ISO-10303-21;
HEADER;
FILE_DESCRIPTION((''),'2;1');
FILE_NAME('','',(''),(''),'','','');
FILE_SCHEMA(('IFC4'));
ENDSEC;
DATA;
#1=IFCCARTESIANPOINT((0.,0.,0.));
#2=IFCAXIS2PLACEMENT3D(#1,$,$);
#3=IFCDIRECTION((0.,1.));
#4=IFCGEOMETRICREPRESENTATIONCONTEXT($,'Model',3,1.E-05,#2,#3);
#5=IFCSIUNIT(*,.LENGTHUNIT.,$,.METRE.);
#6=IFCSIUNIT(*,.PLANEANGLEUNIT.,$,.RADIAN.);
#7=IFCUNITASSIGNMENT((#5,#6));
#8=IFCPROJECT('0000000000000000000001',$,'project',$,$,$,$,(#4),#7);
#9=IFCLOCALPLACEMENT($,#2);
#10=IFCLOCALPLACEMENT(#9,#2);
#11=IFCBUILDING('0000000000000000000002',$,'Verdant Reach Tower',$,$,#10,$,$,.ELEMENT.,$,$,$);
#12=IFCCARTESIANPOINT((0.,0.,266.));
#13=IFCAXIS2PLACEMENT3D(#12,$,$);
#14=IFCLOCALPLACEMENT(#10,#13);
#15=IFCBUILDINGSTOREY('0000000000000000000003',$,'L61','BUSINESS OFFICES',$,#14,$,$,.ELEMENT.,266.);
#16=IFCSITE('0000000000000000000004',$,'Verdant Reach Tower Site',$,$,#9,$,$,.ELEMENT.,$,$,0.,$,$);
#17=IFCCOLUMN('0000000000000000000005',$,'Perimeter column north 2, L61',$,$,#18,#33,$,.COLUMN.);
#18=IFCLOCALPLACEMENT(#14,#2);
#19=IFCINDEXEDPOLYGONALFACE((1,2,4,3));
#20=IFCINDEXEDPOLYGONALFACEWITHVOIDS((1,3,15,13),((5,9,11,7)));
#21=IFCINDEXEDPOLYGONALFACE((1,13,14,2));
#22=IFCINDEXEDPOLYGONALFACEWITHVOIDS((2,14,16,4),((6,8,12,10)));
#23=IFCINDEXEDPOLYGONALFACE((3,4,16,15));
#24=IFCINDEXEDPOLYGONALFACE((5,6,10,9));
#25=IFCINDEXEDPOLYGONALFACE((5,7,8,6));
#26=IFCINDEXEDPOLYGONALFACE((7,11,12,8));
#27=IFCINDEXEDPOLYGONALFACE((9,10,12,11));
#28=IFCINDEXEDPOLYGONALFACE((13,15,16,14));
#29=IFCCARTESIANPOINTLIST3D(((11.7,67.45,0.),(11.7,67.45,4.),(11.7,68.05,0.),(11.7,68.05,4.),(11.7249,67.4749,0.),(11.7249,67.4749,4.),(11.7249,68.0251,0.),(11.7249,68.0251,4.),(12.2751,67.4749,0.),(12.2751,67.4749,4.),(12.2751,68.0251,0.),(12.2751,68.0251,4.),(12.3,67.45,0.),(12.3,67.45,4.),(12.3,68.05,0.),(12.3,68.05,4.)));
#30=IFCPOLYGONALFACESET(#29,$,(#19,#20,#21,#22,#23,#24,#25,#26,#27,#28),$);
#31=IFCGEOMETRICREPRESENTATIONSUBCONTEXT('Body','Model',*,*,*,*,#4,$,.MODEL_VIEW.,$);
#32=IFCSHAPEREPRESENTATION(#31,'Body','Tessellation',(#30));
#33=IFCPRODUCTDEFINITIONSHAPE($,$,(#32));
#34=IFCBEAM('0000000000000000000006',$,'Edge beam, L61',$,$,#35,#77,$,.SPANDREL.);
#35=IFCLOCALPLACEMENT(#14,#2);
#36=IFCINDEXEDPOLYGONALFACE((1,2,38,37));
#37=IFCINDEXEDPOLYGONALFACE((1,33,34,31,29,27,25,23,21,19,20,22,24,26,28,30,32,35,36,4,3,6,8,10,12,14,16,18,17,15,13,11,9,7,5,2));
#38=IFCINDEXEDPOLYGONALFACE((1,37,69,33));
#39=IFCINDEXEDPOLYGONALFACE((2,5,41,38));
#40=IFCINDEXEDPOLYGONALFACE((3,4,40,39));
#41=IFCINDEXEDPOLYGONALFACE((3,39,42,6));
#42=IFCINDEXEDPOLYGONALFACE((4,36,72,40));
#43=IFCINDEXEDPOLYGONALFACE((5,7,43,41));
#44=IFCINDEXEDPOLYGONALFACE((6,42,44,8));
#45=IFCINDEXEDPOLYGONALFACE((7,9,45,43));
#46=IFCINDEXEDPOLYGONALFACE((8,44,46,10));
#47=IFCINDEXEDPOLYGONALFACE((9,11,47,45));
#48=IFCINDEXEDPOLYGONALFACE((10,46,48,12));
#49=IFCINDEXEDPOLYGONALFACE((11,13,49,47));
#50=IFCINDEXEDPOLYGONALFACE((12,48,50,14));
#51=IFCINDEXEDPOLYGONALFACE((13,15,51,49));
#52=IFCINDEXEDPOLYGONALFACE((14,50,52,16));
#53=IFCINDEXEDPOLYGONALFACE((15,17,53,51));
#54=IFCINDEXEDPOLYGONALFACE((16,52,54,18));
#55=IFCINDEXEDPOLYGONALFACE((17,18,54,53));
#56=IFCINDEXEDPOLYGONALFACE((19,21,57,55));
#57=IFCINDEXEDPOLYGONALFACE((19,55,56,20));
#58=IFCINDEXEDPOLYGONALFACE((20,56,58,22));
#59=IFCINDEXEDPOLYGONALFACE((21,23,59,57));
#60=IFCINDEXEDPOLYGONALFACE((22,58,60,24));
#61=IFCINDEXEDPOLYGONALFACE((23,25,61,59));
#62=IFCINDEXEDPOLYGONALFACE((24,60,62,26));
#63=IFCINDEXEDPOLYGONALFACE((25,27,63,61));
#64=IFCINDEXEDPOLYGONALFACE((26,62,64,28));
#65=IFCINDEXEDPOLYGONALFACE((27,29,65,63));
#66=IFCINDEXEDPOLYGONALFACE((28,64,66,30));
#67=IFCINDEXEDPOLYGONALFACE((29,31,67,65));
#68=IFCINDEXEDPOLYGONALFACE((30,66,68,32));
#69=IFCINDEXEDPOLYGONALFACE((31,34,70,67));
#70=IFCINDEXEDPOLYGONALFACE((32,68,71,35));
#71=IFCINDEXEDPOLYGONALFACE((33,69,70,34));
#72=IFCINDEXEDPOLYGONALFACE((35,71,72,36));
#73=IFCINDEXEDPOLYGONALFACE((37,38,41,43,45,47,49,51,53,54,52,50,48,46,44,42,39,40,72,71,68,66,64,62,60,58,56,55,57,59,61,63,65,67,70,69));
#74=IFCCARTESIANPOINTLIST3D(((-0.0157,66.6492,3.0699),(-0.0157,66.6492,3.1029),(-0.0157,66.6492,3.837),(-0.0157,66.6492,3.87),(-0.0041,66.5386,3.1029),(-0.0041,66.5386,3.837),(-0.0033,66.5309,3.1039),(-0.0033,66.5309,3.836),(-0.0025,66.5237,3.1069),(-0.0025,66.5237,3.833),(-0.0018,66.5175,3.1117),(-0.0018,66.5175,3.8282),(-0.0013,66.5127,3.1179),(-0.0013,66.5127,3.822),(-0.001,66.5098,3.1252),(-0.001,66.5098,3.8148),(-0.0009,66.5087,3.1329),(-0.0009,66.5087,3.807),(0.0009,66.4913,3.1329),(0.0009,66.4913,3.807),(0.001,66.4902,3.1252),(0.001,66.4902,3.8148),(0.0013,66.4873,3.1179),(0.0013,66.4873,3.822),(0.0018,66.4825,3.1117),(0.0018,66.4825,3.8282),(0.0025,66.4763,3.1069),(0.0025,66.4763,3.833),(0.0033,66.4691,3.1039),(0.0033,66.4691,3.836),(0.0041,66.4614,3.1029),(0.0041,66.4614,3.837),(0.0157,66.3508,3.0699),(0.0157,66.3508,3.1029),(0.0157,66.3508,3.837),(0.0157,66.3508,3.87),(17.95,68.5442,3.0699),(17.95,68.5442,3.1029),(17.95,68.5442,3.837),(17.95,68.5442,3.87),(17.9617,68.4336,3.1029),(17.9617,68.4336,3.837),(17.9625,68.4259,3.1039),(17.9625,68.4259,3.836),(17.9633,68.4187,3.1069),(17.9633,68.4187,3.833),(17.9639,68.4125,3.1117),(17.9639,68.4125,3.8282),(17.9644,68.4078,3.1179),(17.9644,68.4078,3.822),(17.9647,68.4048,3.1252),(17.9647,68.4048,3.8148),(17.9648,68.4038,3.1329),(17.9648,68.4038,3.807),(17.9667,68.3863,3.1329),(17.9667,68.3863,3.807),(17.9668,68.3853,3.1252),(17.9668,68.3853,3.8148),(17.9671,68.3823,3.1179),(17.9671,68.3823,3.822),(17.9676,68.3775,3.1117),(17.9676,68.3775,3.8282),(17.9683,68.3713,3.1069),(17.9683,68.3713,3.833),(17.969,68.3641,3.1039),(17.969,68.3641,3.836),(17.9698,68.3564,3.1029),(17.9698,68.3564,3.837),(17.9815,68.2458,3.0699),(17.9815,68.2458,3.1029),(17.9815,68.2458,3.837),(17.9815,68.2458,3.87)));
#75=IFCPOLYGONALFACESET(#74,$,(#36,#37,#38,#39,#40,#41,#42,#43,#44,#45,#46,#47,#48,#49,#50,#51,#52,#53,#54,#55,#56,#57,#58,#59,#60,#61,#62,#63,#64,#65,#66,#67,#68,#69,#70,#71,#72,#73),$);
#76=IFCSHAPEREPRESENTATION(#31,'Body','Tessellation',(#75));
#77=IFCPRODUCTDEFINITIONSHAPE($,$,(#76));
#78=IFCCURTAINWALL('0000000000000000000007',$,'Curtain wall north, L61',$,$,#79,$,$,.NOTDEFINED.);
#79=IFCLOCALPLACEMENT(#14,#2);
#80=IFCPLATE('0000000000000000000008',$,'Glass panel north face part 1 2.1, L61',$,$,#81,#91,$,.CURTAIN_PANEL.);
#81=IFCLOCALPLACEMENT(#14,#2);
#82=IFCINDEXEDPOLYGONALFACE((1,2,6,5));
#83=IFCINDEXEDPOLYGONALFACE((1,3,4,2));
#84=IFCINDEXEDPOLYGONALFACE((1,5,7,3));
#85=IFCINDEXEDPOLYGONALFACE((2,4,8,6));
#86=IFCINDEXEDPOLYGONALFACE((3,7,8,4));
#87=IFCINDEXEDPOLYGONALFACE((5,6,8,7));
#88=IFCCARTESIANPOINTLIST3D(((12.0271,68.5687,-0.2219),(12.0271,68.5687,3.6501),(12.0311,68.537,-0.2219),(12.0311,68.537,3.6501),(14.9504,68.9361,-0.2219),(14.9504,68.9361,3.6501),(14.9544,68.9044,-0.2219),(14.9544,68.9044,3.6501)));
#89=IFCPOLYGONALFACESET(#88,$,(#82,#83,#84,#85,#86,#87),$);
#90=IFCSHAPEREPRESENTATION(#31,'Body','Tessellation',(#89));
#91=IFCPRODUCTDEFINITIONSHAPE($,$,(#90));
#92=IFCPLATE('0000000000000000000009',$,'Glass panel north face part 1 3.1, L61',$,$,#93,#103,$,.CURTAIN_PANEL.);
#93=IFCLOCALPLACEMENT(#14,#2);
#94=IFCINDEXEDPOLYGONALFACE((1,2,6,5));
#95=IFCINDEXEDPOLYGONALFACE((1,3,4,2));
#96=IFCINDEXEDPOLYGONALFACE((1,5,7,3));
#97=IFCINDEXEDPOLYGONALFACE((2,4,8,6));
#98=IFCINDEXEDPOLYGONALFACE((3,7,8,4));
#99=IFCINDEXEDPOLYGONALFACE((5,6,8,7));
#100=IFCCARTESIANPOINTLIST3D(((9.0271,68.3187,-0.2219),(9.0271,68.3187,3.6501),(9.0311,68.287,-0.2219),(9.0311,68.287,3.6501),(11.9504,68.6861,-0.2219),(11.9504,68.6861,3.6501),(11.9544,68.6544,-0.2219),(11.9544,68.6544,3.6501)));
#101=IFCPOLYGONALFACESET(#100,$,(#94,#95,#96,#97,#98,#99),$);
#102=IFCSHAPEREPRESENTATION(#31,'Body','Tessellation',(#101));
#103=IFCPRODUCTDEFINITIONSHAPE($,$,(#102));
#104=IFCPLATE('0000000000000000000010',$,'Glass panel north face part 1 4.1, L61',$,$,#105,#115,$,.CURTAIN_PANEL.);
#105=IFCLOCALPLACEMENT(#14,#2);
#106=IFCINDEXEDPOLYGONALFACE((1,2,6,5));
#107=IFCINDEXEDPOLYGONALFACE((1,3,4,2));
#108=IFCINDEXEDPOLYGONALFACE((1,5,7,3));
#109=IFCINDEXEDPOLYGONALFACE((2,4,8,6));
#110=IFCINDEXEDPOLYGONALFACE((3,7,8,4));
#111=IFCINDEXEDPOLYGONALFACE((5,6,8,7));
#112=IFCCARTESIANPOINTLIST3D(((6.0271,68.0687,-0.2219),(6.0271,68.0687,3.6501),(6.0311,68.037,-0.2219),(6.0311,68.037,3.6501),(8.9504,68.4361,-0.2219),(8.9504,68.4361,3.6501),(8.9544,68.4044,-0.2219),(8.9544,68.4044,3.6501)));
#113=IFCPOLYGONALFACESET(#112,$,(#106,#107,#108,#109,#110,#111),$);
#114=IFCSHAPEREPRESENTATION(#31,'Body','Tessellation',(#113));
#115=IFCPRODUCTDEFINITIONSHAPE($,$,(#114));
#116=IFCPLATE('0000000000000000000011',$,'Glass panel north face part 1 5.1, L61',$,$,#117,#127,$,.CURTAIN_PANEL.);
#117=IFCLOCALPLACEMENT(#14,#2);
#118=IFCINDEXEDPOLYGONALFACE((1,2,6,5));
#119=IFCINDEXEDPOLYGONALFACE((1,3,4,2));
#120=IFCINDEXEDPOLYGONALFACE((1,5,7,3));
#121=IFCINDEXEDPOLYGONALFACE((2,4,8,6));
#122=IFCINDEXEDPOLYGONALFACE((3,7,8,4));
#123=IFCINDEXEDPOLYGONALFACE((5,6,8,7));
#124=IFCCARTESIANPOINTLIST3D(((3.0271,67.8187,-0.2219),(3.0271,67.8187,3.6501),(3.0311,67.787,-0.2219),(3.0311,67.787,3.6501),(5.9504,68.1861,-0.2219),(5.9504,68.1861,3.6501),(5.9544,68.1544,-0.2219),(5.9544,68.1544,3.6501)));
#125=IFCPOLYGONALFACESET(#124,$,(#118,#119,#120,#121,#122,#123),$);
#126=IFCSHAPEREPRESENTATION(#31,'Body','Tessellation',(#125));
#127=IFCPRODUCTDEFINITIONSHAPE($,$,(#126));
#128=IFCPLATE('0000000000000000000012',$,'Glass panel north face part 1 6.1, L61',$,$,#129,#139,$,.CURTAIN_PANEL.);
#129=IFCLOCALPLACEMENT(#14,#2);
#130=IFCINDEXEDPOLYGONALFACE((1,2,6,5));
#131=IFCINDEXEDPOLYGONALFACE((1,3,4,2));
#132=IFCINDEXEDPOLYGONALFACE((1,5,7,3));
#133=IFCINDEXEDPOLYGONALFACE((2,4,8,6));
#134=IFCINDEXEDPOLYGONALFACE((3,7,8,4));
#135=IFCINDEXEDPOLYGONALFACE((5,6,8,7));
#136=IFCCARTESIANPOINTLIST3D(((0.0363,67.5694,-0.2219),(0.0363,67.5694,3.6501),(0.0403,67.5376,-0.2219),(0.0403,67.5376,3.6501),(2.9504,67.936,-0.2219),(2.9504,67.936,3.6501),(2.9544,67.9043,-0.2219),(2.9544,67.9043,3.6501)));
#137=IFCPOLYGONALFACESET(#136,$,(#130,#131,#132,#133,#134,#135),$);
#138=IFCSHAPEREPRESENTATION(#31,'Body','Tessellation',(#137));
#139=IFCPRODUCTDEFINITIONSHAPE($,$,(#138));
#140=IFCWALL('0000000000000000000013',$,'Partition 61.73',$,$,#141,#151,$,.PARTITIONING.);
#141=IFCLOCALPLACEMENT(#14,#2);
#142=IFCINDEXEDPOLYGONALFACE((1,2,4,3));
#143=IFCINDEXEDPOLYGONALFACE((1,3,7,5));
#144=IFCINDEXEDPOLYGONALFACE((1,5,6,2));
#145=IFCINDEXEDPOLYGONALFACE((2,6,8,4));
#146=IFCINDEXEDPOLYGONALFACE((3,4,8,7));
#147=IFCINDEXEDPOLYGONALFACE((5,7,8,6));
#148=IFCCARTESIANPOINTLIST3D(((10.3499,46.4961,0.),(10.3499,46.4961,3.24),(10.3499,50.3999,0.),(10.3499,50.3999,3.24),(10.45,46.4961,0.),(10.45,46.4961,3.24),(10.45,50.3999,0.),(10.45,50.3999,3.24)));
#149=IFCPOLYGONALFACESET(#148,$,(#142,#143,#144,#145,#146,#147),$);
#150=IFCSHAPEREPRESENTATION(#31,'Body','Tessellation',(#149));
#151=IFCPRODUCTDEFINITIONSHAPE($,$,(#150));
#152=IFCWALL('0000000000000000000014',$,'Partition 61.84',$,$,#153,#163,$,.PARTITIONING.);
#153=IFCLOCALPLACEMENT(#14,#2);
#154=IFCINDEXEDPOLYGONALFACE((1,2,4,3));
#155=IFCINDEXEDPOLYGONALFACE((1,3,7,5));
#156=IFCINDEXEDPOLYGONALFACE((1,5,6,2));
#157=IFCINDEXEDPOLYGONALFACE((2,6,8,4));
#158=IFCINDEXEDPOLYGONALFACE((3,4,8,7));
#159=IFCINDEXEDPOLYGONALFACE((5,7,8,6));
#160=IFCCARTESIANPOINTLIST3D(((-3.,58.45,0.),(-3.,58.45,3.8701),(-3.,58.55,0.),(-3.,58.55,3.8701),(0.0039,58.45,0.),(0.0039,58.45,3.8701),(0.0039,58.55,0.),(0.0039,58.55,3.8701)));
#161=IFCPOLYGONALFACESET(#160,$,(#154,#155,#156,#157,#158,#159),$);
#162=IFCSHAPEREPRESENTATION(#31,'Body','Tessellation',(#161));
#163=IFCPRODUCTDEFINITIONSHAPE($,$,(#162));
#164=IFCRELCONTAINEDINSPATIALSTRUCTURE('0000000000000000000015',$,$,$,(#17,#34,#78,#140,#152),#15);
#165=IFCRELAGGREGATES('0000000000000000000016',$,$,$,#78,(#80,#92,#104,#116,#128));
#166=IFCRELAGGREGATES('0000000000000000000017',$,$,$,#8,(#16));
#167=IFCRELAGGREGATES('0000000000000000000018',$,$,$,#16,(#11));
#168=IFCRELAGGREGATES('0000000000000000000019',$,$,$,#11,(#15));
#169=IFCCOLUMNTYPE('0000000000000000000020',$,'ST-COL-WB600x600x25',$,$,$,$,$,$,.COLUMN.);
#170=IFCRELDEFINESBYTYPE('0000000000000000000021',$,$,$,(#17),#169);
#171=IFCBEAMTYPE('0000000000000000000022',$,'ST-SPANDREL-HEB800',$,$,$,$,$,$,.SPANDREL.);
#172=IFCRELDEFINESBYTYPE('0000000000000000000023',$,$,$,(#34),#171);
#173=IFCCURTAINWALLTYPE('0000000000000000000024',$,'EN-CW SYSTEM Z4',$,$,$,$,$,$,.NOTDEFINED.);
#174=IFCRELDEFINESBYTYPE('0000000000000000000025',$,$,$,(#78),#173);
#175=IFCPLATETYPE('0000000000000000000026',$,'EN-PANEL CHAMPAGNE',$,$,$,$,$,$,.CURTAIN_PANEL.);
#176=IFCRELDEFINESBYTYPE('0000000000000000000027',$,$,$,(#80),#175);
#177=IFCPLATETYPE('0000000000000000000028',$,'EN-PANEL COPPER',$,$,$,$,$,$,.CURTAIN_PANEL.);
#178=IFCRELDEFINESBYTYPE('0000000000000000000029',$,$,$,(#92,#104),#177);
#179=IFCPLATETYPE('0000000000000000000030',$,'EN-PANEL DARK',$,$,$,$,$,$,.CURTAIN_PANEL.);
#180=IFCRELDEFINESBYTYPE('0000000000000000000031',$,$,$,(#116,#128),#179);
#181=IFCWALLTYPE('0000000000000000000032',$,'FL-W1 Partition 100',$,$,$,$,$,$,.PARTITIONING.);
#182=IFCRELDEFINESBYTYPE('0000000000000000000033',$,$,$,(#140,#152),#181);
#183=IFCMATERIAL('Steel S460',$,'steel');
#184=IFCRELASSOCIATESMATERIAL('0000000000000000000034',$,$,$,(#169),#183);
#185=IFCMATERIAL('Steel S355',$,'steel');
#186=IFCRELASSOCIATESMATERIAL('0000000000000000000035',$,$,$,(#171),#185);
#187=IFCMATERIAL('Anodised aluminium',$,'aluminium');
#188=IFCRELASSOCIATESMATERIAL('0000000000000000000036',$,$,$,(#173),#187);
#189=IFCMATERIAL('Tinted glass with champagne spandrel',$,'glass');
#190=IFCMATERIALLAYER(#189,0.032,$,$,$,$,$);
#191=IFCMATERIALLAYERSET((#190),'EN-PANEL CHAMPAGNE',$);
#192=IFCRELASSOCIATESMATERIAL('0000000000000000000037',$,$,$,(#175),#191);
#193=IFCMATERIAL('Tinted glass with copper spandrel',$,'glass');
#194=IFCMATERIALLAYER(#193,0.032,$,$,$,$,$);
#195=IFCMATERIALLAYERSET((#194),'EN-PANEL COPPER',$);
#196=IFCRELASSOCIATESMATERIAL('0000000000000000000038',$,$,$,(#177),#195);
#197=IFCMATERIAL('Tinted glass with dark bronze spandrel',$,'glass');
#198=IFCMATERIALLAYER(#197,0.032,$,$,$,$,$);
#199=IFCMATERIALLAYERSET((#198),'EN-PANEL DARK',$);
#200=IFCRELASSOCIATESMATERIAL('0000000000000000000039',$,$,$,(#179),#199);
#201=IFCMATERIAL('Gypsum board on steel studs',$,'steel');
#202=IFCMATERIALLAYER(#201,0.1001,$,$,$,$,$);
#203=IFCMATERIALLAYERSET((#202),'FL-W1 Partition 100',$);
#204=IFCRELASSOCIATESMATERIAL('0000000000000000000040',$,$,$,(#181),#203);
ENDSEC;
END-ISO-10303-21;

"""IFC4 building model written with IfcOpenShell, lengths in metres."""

from ifc_helpers import new_model, si_unit, direction, frame, frame_2d, origin, origin_2d, place, context, subcontext, project, spatial, rectangle, hollow_rectangle, i_section, extrude, material, layer, layer_set, material_profile, profile_set, type_object, element, aggregate, save


model = new_model("IFC4")

# Units and contexts
model_context = context("Model", 3, precision=1e-05, world=origin(), true_north=direction((0.0, 1.0)))
body_context = subcontext(model_context, "Body", "Model", "MODEL_VIEW")
ifc_project = project(units=[si_unit("LENGTHUNIT", "METRE"), si_unit("PLANEANGLEUNIT", "RADIAN")], contexts=[model_context])

# Site, building, storey
site_placement = place(None, origin())
site = spatial("IfcSite", under=ifc_project, at=site_placement, Name="Verdant Reach Tower Site", CompositionType="ELEMENT", RefElevation=0.0)
building_placement = place(site_placement, origin())
building = spatial("IfcBuilding", under=site, at=building_placement, Name="Verdant Reach Tower", CompositionType="ELEMENT")
storey_placement = place(building_placement, frame((0.0, 0.0, 266.0)))
storey = spatial("IfcBuildingStorey", under=building, at=storey_placement, Name="L61", Description="BUSINESS OFFICES", CompositionType="ELEMENT", Elevation=266.0)

# Column
ifc_material_1 = material(Name="Steel S460", Category="steel")
ifc_material_profile_1 = material_profile(ifc_material_1, hollow_rectangle(XDim=0.6001, YDim=0.6001, WallThickness=0.0249, at=origin_2d()), Name="WB 600x600x25")
ifc_profile_set_1 = profile_set([ifc_material_profile_1], Name="Steel S460")
column_type = type_object("IfcColumnType", Name="ST-COL-WB600x600x25", PredefinedType="COLUMN", material=ifc_profile_set_1)
column_placement = place(storey_placement, frame((12.0, 67.75, 0.0), z_axis=(0.0, 0.0, 1.0), x_axis=(1.0, 0.0, 0.0)))
element("IfcColumn", 1, at=column_placement, inside=storey, type_object=column_type, Name="Perimeter column north 2, L61", PredefinedType="COLUMN", context=body_context, shape_type="SweptSolid", body=[
    extrude(hollow_rectangle(XDim=0.6001, YDim=0.6001, WallThickness=0.0249, at=origin_2d()), origin(), (0.0, 0.0, 1.0), 4.0),
])

# Beam
ifc_material_2 = material(Name="Steel S355", Category="steel")
ifc_material_profile_2 = material_profile(ifc_material_2, i_section(OverallWidth=0.3, OverallDepth=0.8, WebThickness=0.0176, FlangeThickness=0.033, FilletRadius=0.03, at=origin_2d()), Name="HEB 800")
ifc_profile_set_2 = profile_set([ifc_material_profile_2], Name="Steel S355")
beam_type = type_object("IfcBeamType", Name="ST-SPANDREL-HEB800", PredefinedType="SPANDREL", material=ifc_profile_set_2)
beam_placement = place(storey_placement, frame((0.0, 66.5, 3.47), z_axis=(0.994483, 0.104897, 0.0), x_axis=(-0.104897, 0.994483, 0.0)))
element("IfcBeam", 2, at=beam_placement, inside=storey, type_object=beam_type, Name="Edge beam, L61", PredefinedType="SPANDREL", context=body_context, shape_type="SweptSolid", body=[
    extrude(i_section(OverallWidth=0.3, OverallDepth=0.8, WebThickness=0.0176, FlangeThickness=0.033, FilletRadius=0.03, at=origin_2d()), origin(), (0.0, 0.0, 1.0), 18.0654),
])

# Curtain wall, plates
ifc_material_3 = material(Name="Anodised aluminium", Category="aluminium")
curtain_wall_type = type_object("IfcCurtainWallType", Name="EN-CW SYSTEM Z4", PredefinedType="NOTDEFINED", material=ifc_material_3)
curtain_wall_placement = place(storey_placement, origin())
curtain_wall = element("IfcCurtainWall", 3, at=curtain_wall_placement, inside=storey, type_object=curtain_wall_type, Name="Curtain wall north, L61", PredefinedType="NOTDEFINED")
ifc_material_4 = material(Name="Tinted glass with champagne spandrel", Category="glass")
ifc_layer_1 = layer(ifc_material_4, 0.032)
ifc_layer_set_1 = layer_set([ifc_layer_1], Name="EN-PANEL CHAMPAGNE")
plate_type_1 = type_object("IfcPlateType", Name="EN-PANEL CHAMPAGNE", PredefinedType="CURTAIN_PANEL", material=ifc_layer_set_1)
plate_1_placement = place(storey_placement, frame((13.4907, 68.7366, -0.2219), z_axis=(0.0, 0.0, 1.0), x_axis=(-0.992194, -0.124704, 0.0)))
plate_1 = element("IfcPlate", 4, at=plate_1_placement, type_object=plate_type_1, Name="Glass panel north face part 1 2.1, L61", PredefinedType="CURTAIN_PANEL", context=body_context, shape_type="SweptSolid", body=[
    extrude(rectangle(XDim=2.9463, YDim=0.032, at=origin_2d()), origin(), (0.0, 0.0, 1.0), 3.8721),
])
ifc_material_5 = material(Name="Tinted glass with copper spandrel", Category="glass")
ifc_layer_2 = layer(ifc_material_5, 0.032)
ifc_layer_set_2 = layer_set([ifc_layer_2], Name="EN-PANEL COPPER")
plate_type_2 = type_object("IfcPlateType", Name="EN-PANEL COPPER", PredefinedType="CURTAIN_PANEL", material=ifc_layer_set_2)
plate_2_placement = place(storey_placement, frame((10.4907, 68.4866, -0.2219), z_axis=(0.0, 0.0, 1.0), x_axis=(-0.992194, -0.124704, 0.0)))
plate_2 = element("IfcPlate", 5, at=plate_2_placement, type_object=plate_type_2, Name="Glass panel north face part 1 3.1, L61", PredefinedType="CURTAIN_PANEL", context=body_context, shape_type="SweptSolid", body=[
    extrude(rectangle(XDim=2.9463, YDim=0.032, at=origin_2d()), origin(), (0.0, 0.0, 1.0), 3.8721),
])
plate_3_placement = place(storey_placement, frame((7.4907, 68.2366, -0.2219), z_axis=(0.0, 0.0, 1.0), x_axis=(-0.992194, -0.124704, 0.0)))
plate_3 = element("IfcPlate", 6, at=plate_3_placement, type_object=plate_type_2, Name="Glass panel north face part 1 4.1, L61", PredefinedType="CURTAIN_PANEL", context=body_context, shape_type="SweptSolid", body=[
    extrude(rectangle(XDim=2.9463, YDim=0.032, at=origin_2d()), origin(), (0.0, 0.0, 1.0), 3.8721),
])
ifc_material_6 = material(Name="Tinted glass with dark bronze spandrel", Category="glass")
ifc_layer_3 = layer(ifc_material_6, 0.032)
ifc_layer_set_3 = layer_set([ifc_layer_3], Name="EN-PANEL DARK")
plate_type_3 = type_object("IfcPlateType", Name="EN-PANEL DARK", PredefinedType="CURTAIN_PANEL", material=ifc_layer_set_3)
plate_4_placement = place(storey_placement, frame((4.4907, 67.9866, -0.2219), z_axis=(0.0, 0.0, 1.0), x_axis=(-0.992194, -0.124704, 0.0)))
plate_4 = element("IfcPlate", 7, at=plate_4_placement, type_object=plate_type_3, Name="Glass panel north face part 1 5.1, L61", PredefinedType="CURTAIN_PANEL", context=body_context, shape_type="SweptSolid", body=[
    extrude(rectangle(XDim=2.9463, YDim=0.032, at=origin_2d()), origin(), (0.0, 0.0, 1.0), 3.8721),
])
plate_5_placement = place(storey_placement, frame((1.4954, 67.7368, -0.2219), z_axis=(0.0, 0.0, 1.0), x_axis=(-0.992178, -0.124832, 0.0)))
plate_5 = element("IfcPlate", 8, at=plate_5_placement, type_object=plate_type_3, Name="Glass panel north face part 1 6.1, L61", PredefinedType="CURTAIN_PANEL", context=body_context, shape_type="SweptSolid", body=[
    extrude(rectangle(XDim=2.937, YDim=0.032, at=origin_2d()), origin(), (0.0, 0.0, 1.0), 3.8721),
])
aggregate(curtain_wall, [plate_1, plate_2, plate_3, plate_4, plate_5])

# Walls
ifc_material_7 = material(Name="Gypsum board on steel studs", Category="steel")
ifc_layer_4 = layer(ifc_material_7, 0.1001)
ifc_layer_set_4 = layer_set([ifc_layer_4], Name="FL-W1 Partition 100")
wall_type_1 = type_object("IfcWallType", Name="FL-W1 Partition 100", PredefinedType="PARTITIONING", material=ifc_layer_set_4)
wall_1_placement = place(storey_placement, frame((10.3999, 50.3999, 0.0), z_axis=(0.0, 0.0, 1.0), x_axis=(0.0, -1.0, 0.0)))
element("IfcWall", 9, at=wall_1_placement, inside=storey, type_object=wall_type_1, Name="Partition 61.73", PredefinedType="PARTITIONING", context=body_context, shape_type="SweptSolid", body=[
    extrude(rectangle(XDim=3.9038, YDim=0.1001, at=frame_2d((1.9519, 0.0))), origin(), (0.0, 0.0, 1.0), 3.24),
])
wall_2_placement = place(storey_placement, frame((0.0039, 58.5, 0.0), z_axis=(0.0, 0.0, 1.0), x_axis=(-1.0, 0.0, 0.0)))
element("IfcWall", 10, at=wall_2_placement, inside=storey, type_object=wall_type_1, Name="Partition 61.84", PredefinedType="PARTITIONING", context=body_context, shape_type="SweptSolid", body=[
    extrude(rectangle(XDim=3.0039, YDim=0.1001, at=frame_2d((1.502, 0.0))), origin(), (0.0, 0.0, 1.0), 3.8701),
])

save(model, "model.ifc")
